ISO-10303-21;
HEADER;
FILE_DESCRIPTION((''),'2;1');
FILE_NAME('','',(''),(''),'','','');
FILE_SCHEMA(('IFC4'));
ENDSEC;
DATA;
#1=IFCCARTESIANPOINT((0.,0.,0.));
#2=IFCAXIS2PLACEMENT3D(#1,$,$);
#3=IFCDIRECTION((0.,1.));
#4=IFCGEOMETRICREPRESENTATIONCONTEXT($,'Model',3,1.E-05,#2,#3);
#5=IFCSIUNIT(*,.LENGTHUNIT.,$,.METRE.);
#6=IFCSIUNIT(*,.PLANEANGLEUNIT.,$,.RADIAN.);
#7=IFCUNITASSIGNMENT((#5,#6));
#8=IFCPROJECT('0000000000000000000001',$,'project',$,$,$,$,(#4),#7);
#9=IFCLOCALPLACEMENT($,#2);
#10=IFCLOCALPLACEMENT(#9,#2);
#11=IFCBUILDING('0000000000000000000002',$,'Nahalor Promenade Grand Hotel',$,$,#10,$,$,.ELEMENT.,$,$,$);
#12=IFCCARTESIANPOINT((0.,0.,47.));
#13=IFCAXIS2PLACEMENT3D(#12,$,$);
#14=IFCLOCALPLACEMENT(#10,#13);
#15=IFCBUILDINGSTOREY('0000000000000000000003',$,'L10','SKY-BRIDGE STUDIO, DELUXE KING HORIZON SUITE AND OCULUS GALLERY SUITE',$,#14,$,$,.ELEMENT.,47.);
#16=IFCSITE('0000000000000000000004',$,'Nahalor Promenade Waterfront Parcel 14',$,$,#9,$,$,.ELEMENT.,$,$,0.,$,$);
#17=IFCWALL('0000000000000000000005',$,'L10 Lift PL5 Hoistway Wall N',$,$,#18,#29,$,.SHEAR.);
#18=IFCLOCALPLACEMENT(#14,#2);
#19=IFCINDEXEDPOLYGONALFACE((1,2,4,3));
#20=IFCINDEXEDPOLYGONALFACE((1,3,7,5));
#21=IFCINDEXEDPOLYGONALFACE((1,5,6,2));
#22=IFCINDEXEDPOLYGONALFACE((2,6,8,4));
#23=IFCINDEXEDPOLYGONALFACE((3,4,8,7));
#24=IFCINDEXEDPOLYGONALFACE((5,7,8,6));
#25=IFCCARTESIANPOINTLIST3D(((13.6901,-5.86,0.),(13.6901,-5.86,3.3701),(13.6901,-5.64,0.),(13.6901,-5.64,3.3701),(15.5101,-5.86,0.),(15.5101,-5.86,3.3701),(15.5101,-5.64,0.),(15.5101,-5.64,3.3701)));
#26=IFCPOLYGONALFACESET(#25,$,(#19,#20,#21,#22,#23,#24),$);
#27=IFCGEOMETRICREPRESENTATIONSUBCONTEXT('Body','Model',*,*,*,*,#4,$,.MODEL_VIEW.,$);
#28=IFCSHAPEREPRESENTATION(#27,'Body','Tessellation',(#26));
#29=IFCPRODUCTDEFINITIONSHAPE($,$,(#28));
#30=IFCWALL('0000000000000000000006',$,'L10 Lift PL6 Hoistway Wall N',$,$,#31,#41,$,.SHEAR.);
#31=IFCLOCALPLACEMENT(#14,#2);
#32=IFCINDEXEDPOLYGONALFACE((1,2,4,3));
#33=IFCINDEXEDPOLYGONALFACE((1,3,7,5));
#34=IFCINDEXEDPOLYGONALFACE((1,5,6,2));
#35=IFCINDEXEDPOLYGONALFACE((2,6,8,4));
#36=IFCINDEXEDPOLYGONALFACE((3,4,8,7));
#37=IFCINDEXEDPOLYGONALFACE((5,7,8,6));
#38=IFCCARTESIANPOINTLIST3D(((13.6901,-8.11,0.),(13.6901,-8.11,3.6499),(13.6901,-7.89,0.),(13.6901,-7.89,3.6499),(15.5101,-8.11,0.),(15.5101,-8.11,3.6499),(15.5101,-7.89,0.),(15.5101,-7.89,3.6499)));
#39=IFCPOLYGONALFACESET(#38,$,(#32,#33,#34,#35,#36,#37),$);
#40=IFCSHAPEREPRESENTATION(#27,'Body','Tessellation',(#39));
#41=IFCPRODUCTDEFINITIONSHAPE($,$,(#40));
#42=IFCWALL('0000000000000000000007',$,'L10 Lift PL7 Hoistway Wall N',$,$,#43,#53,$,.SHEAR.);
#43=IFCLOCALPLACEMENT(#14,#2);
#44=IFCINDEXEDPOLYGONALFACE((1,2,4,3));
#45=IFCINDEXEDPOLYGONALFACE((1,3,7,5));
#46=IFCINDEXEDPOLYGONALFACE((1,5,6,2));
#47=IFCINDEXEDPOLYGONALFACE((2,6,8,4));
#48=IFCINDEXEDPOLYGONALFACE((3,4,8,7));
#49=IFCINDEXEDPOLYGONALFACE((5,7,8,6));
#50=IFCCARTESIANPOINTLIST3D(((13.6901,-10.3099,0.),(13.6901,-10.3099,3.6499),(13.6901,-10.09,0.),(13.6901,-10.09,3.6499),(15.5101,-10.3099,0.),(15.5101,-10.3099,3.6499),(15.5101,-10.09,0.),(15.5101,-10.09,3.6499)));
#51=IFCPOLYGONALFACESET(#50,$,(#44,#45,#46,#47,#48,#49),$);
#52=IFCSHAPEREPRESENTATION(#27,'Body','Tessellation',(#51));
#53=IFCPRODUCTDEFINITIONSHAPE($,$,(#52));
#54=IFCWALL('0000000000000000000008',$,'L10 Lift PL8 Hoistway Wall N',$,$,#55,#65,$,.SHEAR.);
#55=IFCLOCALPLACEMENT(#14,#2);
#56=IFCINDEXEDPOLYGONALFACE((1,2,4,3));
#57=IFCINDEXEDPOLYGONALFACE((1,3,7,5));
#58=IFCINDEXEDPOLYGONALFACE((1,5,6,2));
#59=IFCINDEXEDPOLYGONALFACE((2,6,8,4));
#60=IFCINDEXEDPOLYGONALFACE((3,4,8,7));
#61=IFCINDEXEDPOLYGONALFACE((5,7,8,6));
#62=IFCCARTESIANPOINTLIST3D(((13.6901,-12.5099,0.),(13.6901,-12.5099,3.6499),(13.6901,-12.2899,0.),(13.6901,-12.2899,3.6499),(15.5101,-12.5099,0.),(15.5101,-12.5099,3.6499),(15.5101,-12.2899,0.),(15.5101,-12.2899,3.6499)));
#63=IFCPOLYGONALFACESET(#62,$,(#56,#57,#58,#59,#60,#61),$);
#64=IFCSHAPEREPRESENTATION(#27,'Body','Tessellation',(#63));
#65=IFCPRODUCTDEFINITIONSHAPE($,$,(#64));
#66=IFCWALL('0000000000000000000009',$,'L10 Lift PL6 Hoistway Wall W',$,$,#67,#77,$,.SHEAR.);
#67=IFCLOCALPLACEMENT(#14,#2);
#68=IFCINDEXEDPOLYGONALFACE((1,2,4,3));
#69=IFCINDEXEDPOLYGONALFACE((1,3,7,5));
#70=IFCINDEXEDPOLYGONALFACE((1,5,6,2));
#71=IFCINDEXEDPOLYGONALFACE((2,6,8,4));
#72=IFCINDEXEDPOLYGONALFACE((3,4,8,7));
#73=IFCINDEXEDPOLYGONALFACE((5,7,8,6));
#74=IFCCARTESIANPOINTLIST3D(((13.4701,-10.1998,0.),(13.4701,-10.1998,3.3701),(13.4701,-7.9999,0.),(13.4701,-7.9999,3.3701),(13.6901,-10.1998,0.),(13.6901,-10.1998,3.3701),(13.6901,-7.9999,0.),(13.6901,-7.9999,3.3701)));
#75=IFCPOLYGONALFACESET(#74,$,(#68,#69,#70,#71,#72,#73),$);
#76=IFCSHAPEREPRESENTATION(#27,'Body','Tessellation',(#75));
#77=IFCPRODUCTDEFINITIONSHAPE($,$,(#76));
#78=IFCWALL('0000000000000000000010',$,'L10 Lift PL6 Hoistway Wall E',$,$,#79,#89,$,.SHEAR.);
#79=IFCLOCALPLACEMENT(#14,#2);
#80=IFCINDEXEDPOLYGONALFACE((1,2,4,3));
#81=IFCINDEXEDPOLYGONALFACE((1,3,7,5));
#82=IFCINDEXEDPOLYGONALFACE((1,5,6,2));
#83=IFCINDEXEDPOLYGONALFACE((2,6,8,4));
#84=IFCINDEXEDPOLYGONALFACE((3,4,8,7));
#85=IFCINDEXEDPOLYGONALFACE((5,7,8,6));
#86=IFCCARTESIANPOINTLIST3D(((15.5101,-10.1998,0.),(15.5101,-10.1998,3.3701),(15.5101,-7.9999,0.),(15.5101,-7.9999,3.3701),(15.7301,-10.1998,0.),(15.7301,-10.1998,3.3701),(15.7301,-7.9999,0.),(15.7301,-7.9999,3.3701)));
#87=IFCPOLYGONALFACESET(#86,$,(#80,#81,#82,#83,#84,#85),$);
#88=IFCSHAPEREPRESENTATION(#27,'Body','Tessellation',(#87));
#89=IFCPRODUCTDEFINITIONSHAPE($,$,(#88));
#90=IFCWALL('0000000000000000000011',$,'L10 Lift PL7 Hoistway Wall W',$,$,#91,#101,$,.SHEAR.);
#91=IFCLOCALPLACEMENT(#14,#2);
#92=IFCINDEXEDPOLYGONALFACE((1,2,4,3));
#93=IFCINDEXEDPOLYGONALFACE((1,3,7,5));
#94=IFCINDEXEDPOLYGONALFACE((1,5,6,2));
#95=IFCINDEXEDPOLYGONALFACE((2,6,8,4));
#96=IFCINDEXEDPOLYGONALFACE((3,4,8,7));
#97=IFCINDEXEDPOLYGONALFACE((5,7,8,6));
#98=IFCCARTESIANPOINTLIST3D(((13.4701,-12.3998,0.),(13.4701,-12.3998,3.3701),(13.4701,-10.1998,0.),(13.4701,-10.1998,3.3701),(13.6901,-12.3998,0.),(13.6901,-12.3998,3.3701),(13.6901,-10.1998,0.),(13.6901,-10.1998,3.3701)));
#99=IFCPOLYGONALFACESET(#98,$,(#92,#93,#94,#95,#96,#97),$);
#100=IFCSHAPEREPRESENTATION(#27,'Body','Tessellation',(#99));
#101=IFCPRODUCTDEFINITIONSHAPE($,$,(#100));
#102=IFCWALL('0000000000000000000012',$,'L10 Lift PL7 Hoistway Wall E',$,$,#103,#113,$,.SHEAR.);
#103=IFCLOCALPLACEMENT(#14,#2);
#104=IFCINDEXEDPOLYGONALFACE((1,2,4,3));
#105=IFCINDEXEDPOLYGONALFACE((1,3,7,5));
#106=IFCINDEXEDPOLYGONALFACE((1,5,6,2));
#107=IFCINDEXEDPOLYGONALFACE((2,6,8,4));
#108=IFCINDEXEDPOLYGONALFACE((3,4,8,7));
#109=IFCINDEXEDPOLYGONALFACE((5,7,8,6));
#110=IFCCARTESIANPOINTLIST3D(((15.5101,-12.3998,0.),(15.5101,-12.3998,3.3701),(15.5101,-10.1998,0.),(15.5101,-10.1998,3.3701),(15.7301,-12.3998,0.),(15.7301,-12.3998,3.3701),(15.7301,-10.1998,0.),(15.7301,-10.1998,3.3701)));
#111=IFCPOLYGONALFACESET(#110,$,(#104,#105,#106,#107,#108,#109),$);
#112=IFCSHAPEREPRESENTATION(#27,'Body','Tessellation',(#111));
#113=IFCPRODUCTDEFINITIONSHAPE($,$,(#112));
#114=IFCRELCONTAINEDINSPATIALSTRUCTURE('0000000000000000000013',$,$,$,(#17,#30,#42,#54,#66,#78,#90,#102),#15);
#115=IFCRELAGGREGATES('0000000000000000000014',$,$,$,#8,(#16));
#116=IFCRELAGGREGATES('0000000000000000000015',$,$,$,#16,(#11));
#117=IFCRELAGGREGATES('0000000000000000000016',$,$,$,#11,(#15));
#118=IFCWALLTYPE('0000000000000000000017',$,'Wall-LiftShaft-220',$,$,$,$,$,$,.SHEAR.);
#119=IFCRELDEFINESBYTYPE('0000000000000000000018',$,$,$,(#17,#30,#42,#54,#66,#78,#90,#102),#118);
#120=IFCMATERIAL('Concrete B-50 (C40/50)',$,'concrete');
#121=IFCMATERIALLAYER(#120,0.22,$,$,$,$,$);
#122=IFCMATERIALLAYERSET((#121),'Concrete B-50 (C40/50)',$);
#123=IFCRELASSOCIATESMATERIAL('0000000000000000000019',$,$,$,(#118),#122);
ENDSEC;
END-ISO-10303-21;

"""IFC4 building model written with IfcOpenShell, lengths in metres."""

from ifc_helpers import new_model, si_unit, direction, frame, frame_2d, origin, place, context, subcontext, project, spatial, rectangle, extrude, source, transform, mapped, material, layer, layer_set, type_object, element, save


model = new_model("IFC4")

# Units and contexts
model_context = context("Model", 3, precision=1e-05, world=origin(), true_north=direction((0.0, 1.0)))
body_context = subcontext(model_context, "Body", "Model", "MODEL_VIEW")
ifc_project = project(units=[si_unit("LENGTHUNIT", "METRE"), si_unit("PLANEANGLEUNIT", "RADIAN")], contexts=[model_context])

# Site, building, storey
site_placement = place(None, origin())
site = spatial("IfcSite", under=ifc_project, at=site_placement, Name="Nahalor Promenade Waterfront Parcel 14", CompositionType="ELEMENT", RefElevation=0.0)
building_placement = place(site_placement, origin())
building = spatial("IfcBuilding", under=site, at=building_placement, Name="Nahalor Promenade Grand Hotel", CompositionType="ELEMENT")
storey_placement = place(building_placement, frame((0.0, 0.0, 47.0)))
storey = spatial("IfcBuildingStorey", under=building, at=storey_placement, Name="L10", Description="SKY-BRIDGE STUDIO, DELUXE KING HORIZON SUITE AND OCULUS GALLERY SUITE", CompositionType="ELEMENT", Elevation=47.0)

# Walls
ifc_material_1 = material(Name="Concrete B-50 (C40/50)", Category="concrete")
ifc_layer_1 = layer(ifc_material_1, 0.22)
ifc_layer_set_1 = layer_set([ifc_layer_1], Name="Concrete B-50 (C40/50)")
wall_type_1 = type_object("IfcWallType", Name="Wall-LiftShaft-220", PredefinedType="SHEAR", material=ifc_layer_set_1)
shared_shape_1 = source(origin(), body_context, "Body", "SweptSolid", [
    extrude(rectangle(XDim=1.8201, YDim=0.22, at=frame_2d((0.9102, 0.0))), origin(), (0.0, 0.0, 1.0), 3.3701),
])
wall_1_placement = place(storey_placement, frame((13.6899, -5.75, 0.0), z_axis=(0.0, 0.0, 1.0), x_axis=(1.0, 0.0, 0.0)))
element("IfcWall", 1, at=wall_1_placement, inside=storey, type_object=wall_type_1, Name="L10 Lift PL5 Hoistway Wall N", PredefinedType="SHEAR", context=body_context, shape_type="MappedRepresentation", body=[
    mapped(shared_shape_1, transform((0.0, 0.0, 0.0), scale=1.0)),
])
shared_shape_2 = source(origin(), body_context, "Body", "SweptSolid", [
    extrude(rectangle(XDim=1.8201, YDim=0.22, at=frame_2d((0.9102, 0.0))), origin(), (0.0, 0.0, 1.0), 3.6499),
])
for number, where, z_axis, x_axis, name in (
    (2, (13.6899, -8.0, 0.0), (0.0, 0.0, 1.0), (1.0, 0.0, 0.0), "L10 Lift PL6 Hoistway Wall N"),
    (3, (13.6899, -10.2, 0.0), (0.0, 0.0, 1.0), (1.0, 0.0, 0.0), "L10 Lift PL7 Hoistway Wall N"),
    (4, (13.6899, -12.3999, 0.0), (0.0, 0.0, 1.0), (1.0, 0.0, 0.0), "L10 Lift PL8 Hoistway Wall N"),
):
    element("IfcWall", number, at=place(storey_placement, frame(where, z_axis=z_axis, x_axis=x_axis)), inside=storey, type_object=wall_type_1, Name=name, PredefinedType="SHEAR", context=body_context, shape_type="MappedRepresentation", body=[
        mapped(shared_shape_2, transform((0.0, 0.0, 0.0), scale=1.0)),
    ])
shared_shape_3 = source(origin(), body_context, "Body", "SweptSolid", [
    extrude(rectangle(XDim=2.2, YDim=0.22, at=frame_2d((1.1001, 0.0))), origin(), (0.0, 0.0, 1.0), 3.3701),
])
for number, where, z_axis, x_axis, name in (
    (5, (13.5801, -10.2, 0.0), (0.0, 0.0, 1.0), (0.0, 1.0, 0.0), "L10 Lift PL6 Hoistway Wall W"),
    (6, (15.6201, -10.2, 0.0), (0.0, 0.0, 1.0), (0.0, 1.0, 0.0), "L10 Lift PL6 Hoistway Wall E"),
    (7, (13.5801, -12.3999, 0.0), (0.0, 0.0, 1.0), (0.0, 1.0, 0.0), "L10 Lift PL7 Hoistway Wall W"),
    (8, (15.6201, -12.3999, 0.0), (0.0, 0.0, 1.0), (0.0, 1.0, 0.0), "L10 Lift PL7 Hoistway Wall E"),
):
    element("IfcWall", number, at=place(storey_placement, frame(where, z_axis=z_axis, x_axis=x_axis)), inside=storey, type_object=wall_type_1, Name=name, PredefinedType="SHEAR", context=body_context, shape_type="MappedRepresentation", body=[
        mapped(shared_shape_3, transform((0.0, 0.0, 0.0), scale=1.0)),
    ])

save(model, "model.ifc")
